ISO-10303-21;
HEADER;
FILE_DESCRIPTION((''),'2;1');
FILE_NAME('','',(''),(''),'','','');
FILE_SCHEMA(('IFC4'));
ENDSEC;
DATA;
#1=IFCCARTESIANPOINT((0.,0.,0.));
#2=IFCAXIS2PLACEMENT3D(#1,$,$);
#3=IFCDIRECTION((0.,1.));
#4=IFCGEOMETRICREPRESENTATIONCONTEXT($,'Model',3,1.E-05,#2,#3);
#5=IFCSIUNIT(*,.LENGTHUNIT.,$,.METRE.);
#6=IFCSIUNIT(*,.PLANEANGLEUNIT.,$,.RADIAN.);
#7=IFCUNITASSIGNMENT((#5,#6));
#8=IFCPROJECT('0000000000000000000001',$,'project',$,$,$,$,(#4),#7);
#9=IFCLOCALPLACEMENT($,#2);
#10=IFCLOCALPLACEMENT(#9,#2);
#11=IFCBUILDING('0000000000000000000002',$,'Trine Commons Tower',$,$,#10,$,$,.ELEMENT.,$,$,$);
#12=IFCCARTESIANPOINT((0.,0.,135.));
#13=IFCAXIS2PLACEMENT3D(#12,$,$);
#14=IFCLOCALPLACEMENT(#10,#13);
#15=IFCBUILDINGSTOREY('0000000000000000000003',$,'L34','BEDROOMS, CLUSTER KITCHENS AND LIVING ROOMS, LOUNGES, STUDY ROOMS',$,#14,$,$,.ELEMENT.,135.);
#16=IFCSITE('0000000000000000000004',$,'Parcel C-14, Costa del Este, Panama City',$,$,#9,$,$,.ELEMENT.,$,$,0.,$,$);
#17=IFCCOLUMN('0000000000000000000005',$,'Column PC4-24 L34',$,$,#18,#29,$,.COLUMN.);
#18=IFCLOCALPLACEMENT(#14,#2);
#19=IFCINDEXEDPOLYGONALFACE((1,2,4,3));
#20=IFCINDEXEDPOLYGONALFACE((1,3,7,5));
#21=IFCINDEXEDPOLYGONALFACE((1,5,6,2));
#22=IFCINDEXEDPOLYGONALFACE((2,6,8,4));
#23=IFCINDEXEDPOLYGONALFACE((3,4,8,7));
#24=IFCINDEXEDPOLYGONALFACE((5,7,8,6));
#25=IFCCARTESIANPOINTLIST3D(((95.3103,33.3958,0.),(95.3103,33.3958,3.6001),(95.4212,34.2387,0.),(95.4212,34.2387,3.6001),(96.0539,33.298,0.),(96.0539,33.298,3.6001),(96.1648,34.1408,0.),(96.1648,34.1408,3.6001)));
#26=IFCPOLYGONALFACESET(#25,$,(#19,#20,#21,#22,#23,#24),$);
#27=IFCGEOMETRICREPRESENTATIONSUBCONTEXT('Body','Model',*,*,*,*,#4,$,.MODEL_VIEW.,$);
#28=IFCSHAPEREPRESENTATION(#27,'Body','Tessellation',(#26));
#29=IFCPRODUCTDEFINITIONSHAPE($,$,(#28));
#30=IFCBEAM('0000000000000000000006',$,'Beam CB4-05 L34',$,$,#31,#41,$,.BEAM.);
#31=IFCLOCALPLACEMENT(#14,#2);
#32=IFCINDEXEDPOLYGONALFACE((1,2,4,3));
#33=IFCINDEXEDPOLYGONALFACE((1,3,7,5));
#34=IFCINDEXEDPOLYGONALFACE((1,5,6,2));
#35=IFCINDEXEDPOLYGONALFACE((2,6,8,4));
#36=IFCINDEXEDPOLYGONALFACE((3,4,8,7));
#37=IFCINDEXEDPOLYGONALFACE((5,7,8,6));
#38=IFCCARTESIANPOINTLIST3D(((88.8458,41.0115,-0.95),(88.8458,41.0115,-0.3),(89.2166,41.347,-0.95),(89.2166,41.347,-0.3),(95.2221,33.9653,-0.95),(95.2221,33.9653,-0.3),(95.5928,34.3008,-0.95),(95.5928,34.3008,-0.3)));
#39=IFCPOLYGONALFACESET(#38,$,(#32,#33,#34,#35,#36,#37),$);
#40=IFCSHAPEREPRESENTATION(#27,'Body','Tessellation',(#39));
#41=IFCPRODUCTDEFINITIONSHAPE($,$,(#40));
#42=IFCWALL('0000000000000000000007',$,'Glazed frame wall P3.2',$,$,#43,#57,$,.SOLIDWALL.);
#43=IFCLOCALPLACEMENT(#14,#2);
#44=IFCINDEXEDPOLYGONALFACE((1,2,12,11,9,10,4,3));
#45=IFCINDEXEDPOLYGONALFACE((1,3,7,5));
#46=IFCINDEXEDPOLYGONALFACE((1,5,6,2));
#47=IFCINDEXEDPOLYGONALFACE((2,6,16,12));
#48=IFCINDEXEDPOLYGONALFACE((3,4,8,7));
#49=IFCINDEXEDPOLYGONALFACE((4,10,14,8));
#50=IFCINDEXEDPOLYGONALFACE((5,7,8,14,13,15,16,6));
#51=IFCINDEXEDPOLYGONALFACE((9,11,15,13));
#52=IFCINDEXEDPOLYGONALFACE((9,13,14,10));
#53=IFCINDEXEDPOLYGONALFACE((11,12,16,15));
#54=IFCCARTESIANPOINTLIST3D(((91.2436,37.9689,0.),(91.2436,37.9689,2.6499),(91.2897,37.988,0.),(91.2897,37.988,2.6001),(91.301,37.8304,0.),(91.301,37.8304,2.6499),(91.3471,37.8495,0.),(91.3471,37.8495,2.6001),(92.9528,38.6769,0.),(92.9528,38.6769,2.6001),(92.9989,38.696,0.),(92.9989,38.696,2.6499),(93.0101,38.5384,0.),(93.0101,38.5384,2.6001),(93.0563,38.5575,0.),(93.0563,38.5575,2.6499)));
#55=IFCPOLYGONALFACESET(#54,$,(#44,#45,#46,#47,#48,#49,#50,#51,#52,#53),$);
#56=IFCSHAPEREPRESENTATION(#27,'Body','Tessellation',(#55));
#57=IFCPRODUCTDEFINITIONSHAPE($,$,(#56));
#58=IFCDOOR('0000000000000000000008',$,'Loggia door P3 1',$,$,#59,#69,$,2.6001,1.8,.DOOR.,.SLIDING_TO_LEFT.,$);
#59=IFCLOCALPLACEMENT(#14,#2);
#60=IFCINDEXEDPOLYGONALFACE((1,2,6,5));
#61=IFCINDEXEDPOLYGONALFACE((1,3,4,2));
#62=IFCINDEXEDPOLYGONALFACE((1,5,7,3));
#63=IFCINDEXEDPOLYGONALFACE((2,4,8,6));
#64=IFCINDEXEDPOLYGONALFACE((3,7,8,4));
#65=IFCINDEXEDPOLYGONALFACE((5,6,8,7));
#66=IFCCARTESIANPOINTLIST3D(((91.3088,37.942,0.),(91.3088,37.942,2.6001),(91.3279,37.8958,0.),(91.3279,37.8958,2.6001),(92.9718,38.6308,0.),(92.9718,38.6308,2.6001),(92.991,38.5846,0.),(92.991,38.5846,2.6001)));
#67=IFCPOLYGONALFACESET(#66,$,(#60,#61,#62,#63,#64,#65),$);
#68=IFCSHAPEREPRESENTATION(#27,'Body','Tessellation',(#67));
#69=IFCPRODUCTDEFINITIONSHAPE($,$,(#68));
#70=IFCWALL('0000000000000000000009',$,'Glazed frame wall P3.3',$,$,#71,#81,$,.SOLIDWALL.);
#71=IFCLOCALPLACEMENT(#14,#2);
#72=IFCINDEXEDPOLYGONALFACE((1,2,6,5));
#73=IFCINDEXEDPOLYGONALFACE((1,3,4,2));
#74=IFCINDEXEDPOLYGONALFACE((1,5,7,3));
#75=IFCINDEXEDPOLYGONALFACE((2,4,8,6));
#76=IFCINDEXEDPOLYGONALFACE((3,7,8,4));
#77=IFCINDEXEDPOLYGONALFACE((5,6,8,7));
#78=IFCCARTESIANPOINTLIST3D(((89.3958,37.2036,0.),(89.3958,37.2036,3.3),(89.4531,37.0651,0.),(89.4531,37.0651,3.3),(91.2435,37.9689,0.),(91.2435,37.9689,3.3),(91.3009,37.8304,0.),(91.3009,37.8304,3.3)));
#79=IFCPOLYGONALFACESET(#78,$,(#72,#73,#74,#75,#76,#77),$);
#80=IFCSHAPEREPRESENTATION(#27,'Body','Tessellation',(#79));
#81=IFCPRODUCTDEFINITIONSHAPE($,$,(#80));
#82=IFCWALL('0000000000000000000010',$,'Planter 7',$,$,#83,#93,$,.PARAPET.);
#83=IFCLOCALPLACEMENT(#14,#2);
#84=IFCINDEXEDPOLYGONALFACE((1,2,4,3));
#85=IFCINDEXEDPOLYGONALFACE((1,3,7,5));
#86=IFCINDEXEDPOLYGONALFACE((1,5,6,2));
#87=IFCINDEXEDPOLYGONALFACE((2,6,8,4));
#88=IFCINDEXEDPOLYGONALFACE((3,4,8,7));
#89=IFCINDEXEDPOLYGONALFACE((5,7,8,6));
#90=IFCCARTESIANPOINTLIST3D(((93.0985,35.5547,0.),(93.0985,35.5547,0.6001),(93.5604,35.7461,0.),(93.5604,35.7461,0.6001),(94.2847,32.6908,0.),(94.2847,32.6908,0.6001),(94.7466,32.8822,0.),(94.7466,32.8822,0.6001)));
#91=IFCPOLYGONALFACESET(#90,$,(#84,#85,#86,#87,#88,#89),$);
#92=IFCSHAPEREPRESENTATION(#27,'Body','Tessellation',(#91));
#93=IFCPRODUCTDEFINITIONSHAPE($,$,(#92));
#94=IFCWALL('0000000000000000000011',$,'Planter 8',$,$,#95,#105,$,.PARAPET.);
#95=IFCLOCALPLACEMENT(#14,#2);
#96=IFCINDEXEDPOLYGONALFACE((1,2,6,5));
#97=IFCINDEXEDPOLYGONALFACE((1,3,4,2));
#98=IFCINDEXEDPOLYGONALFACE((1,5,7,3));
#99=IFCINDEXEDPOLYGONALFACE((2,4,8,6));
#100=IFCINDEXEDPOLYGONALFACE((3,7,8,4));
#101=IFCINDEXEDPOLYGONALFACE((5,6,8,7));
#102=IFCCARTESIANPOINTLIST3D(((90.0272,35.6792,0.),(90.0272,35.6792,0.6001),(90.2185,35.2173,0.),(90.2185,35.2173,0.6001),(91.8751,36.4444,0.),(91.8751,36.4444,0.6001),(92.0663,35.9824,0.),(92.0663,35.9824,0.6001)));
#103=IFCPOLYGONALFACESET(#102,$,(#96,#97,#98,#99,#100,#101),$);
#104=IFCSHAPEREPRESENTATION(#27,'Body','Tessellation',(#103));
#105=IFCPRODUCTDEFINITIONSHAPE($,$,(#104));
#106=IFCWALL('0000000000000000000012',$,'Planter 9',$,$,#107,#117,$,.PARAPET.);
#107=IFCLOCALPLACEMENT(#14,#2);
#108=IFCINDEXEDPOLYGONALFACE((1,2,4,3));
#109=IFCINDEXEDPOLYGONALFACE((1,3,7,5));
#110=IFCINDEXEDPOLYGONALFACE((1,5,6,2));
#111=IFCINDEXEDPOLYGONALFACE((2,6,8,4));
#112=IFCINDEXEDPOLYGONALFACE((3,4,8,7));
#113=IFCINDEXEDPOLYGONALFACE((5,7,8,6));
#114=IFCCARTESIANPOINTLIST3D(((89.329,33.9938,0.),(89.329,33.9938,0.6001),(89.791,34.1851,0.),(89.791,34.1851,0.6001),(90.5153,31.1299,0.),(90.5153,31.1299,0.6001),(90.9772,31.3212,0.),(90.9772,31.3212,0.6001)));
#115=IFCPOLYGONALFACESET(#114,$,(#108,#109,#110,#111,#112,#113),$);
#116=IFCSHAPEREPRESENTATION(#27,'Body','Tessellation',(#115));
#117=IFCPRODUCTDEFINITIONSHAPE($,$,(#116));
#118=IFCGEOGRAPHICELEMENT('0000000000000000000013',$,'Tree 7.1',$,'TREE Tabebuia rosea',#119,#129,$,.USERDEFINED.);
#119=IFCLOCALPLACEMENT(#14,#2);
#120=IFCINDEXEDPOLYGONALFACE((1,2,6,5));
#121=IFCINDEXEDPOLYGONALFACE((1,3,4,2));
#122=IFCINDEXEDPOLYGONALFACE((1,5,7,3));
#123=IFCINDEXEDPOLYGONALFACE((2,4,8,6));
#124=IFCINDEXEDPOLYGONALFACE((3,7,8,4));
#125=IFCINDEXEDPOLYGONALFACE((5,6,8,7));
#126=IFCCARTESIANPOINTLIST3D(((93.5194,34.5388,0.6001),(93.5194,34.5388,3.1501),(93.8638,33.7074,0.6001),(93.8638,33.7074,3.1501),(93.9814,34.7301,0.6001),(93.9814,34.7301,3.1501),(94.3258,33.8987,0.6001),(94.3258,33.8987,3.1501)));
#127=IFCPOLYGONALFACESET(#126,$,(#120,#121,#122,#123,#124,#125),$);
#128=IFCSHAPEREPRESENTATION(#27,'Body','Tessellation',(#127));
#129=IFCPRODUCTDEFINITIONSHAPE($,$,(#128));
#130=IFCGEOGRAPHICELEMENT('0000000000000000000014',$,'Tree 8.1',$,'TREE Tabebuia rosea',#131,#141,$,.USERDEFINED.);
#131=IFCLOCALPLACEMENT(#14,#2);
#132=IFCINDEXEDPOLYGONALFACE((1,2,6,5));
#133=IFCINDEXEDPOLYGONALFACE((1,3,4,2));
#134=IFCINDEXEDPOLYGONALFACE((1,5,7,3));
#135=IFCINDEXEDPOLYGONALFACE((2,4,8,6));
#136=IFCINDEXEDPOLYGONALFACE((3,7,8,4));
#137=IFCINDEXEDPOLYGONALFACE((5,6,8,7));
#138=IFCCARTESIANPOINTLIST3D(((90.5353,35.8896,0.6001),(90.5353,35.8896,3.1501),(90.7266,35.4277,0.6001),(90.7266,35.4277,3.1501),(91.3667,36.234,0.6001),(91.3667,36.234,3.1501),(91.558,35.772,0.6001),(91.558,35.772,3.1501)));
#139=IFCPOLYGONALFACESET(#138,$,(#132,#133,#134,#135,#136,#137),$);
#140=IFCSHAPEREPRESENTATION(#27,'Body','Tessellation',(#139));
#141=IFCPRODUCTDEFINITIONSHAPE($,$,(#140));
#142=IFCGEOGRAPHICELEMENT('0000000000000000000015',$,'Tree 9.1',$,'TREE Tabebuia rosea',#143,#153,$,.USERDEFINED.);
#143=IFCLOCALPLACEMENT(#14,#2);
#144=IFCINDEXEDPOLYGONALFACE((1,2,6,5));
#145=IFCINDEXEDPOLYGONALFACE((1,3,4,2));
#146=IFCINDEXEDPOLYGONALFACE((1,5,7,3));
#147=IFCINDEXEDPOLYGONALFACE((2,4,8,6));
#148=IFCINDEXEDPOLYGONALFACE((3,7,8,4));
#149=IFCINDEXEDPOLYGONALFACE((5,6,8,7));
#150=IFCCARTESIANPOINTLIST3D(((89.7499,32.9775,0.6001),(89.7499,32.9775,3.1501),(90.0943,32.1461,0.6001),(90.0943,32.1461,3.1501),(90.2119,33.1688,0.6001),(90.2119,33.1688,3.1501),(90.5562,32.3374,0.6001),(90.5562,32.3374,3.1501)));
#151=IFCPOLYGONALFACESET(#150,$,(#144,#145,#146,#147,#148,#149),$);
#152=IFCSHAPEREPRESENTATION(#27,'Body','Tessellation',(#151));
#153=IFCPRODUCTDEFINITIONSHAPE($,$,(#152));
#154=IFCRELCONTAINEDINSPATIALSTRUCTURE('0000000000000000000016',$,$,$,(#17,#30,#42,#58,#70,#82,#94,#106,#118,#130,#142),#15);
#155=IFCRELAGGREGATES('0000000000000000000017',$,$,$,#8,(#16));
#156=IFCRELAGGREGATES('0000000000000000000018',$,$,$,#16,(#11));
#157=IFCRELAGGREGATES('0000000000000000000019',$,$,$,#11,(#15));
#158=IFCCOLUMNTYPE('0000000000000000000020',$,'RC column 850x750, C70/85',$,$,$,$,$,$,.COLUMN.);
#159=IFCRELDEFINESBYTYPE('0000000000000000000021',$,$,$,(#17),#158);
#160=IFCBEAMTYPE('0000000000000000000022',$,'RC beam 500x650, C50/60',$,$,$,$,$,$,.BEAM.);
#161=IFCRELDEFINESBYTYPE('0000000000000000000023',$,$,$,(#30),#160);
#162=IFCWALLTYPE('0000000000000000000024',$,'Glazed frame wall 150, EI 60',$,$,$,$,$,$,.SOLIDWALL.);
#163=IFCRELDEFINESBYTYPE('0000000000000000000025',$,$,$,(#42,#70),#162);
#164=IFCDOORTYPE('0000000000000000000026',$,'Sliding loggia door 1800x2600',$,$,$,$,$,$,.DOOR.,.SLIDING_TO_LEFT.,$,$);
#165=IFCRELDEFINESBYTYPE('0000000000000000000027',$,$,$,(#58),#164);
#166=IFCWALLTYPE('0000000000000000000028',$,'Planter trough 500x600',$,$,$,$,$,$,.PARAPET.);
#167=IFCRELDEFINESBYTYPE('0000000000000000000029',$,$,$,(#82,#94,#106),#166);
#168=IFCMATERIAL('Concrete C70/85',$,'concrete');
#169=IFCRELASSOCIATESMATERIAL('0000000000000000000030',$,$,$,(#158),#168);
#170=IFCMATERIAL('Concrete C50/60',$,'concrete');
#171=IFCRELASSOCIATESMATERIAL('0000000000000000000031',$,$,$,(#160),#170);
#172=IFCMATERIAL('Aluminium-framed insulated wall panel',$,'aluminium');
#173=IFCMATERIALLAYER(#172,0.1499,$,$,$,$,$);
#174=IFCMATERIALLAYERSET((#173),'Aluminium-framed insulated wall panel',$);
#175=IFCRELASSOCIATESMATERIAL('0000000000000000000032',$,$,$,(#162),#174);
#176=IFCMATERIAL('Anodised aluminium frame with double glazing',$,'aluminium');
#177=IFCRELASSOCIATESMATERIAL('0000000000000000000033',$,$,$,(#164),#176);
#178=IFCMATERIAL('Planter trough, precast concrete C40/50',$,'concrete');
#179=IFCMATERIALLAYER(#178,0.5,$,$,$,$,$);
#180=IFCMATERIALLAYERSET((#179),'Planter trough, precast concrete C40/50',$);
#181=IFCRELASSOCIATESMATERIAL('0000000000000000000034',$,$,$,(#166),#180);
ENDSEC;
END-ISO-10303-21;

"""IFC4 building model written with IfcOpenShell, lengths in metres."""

from ifc_helpers import new_model, si_unit, direction, frame, frame_2d, origin, origin_2d, place, context, subcontext, project, spatial, polyline, rectangle, outline, extrude, material, layer, layer_set, material_profile, profile_set, type_object, element, fill, save


model = new_model("IFC4")

# Units and contexts
model_context = context("Model", 3, precision=1e-05, world=origin(), true_north=direction((0.0, 1.0)))
body_context = subcontext(model_context, "Body", "Model", "MODEL_VIEW")
ifc_project = project(units=[si_unit("LENGTHUNIT", "METRE"), si_unit("PLANEANGLEUNIT", "RADIAN")], contexts=[model_context])

# Site, building, storey
site_placement = place(None, origin())
site = spatial("IfcSite", under=ifc_project, at=site_placement, Name="Parcel C-14, Costa del Este, Panama City", CompositionType="ELEMENT", RefElevation=0.0)
building_placement = place(site_placement, origin())
building = spatial("IfcBuilding", under=site, at=building_placement, Name="Trine Commons Tower", CompositionType="ELEMENT")
storey_placement = place(building_placement, frame((0.0, 0.0, 135.0)))
storey = spatial("IfcBuildingStorey", under=building, at=storey_placement, Name="L34", Description="BEDROOMS, CLUSTER KITCHENS AND LIVING ROOMS, LOUNGES, STUDY ROOMS", CompositionType="ELEMENT", Elevation=135.0)

# Column
ifc_material_1 = material(Name="Concrete C70/85", Category="concrete")
ifc_material_profile_1 = material_profile(ifc_material_1, rectangle(XDim=0.8501, YDim=0.75, at=origin_2d()), Name="RC 850x750")
ifc_profile_set_1 = profile_set([ifc_material_profile_1], Name="Concrete C70/85")
column_type = type_object("IfcColumnType", Name="RC column 850x750, C70/85", PredefinedType="COLUMN", material=ifc_profile_set_1)
column_placement = place(storey_placement, frame((95.7375, 33.7683, 0.0), z_axis=(0.0, 0.0, 1.0), x_axis=(0.130526, 0.991445, 0.0)))
element("IfcColumn", 1, at=column_placement, inside=storey, type_object=column_type, Name="Column PC4-24 L34", PredefinedType="COLUMN", context=body_context, shape_type="SweptSolid", body=[
    extrude(rectangle(XDim=0.8501, YDim=0.75, at=origin_2d()), origin(), (0.0, 0.0, 1.0), 3.6001),
])

# Beam
ifc_material_2 = material(Name="Concrete C50/60", Category="concrete")
ifc_material_profile_2 = material_profile(ifc_material_2, rectangle(XDim=0.5, YDim=0.6499, at=origin_2d()), Name="RC 500x650")
ifc_profile_set_2 = profile_set([ifc_material_profile_2], Name="Concrete C50/60")
beam_type = type_object("IfcBeamType", Name="RC beam 500x650, C50/60", PredefinedType="BEAM", material=ifc_profile_set_2)
beam_placement = place(storey_placement, frame((95.4075, 34.1331, -0.625), z_axis=(-0.670979, 0.741476, 0.0), x_axis=(-0.741476, -0.670979, 0.0)))
element("IfcBeam", 2, at=beam_placement, inside=storey, type_object=beam_type, Name="Beam CB4-05 L34", PredefinedType="BEAM", context=body_context, shape_type="SweptSolid", body=[
    extrude(rectangle(XDim=0.5, YDim=0.6499, at=origin_2d()), origin(), (0.0, 0.0, 1.0), 9.5029),
])

# Shared definitions
ifc_material_3 = material(Name="Aluminium-framed insulated wall panel", Category="aluminium")
ifc_layer_1 = layer(ifc_material_3, 0.1499)
ifc_layer_set_1 = layer_set([ifc_layer_1], Name="Aluminium-framed insulated wall panel")
wall_type_1 = type_object("IfcWallType", Name="Glazed frame wall 150, EI 60", PredefinedType="SOLIDWALL", material=ifc_layer_set_1)

# Wall, opening, door
wall_1_placement = place(storey_placement, frame((93.0276, 38.6267, 0.0), z_axis=(0.0, 0.0, 1.0), x_axis=(-0.923888, -0.382662, 0.0)))
wall_1 = element("IfcWall", 3, at=wall_1_placement, inside=storey, type_object=wall_type_1, Name="Glazed frame wall P3.2", PredefinedType="SOLIDWALL", context=body_context, shape_type="SweptSolid", body=[
    extrude(outline(polyline([(0.0, -0.075), (1.8999, -0.075), (1.8999, 0.075), (0.0, 0.075), (0.0, -0.075)])), origin(), (0.0, 0.0, 1.0), 2.6499),
])
opening_placement = place(wall_1_placement, frame((0.05, 0.0, 0.0)))
opening = element("IfcOpeningElement", 4, at=opening_placement, cuts=wall_1, PredefinedType="OPENING", context=body_context, shape_type="SweptSolid", body=[
    extrude(rectangle(XDim=1.8, YDim=2.6001, at=frame_2d((0.8999, 1.3))), frame((0.0, 0.085, 0.0), z_axis=(0.0, -1.0, 0.0), x_axis=(1.0, 0.0, 0.0)), (0.0, 0.0, 1.0), 0.1699),
])
ifc_material_4 = material(Name="Anodised aluminium frame with double glazing", Category="aluminium")
door_type = type_object("IfcDoorType", Name="Sliding loggia door 1800x2600", OperationType="SLIDING_TO_LEFT", PredefinedType="DOOR", material=ifc_material_4)
door_placement = place(opening_placement, origin())
door = element("IfcDoor", 5, at=door_placement, inside=storey, type_object=door_type, Name="Loggia door P3 1", OperationType="SLIDING_TO_LEFT", OverallHeight=2.6001, OverallWidth=1.8, PredefinedType="DOOR", context=body_context, shape_type="SweptSolid", body=[
    extrude(rectangle(XDim=1.8, YDim=2.6001, at=frame_2d((0.8999, 1.3))), frame((0.0, 0.0249, 0.0), z_axis=(0.0, -1.0, 0.0), x_axis=(1.0, 0.0, 0.0)), (0.0, 0.0, 1.0), 0.05),
])
fill(opening, door)

# Walls
wall_2_placement = place(storey_placement, frame((91.2722, 37.8997, 0.0), z_axis=(0.0, 0.0, 1.0), x_axis=(-0.923887, -0.382664, 0.0)))
element("IfcWall", 6, at=wall_2_placement, inside=storey, type_object=wall_type_1, Name="Glazed frame wall P3.3", PredefinedType="SOLIDWALL", context=body_context, shape_type="SweptSolid", body=[
    extrude(outline(polyline([(0.0, -0.075), (2.0, -0.075), (2.0, 0.075), (0.0, 0.075), (0.0, -0.075)])), origin(), (0.0, 0.0, 1.0), 3.3),
])
ifc_material_5 = material(Name="Planter trough, precast concrete C40/50", Category="concrete")
ifc_layer_2 = layer(ifc_material_5, 0.5)
ifc_layer_set_2 = layer_set([ifc_layer_2], Name="Planter trough, precast concrete C40/50")
wall_type_2 = type_object("IfcWallType", Name="Planter trough 500x600", PredefinedType="PARAPET", material=ifc_layer_set_2)
wall_3_placement = place(storey_placement, frame((94.5156, 32.7866, 0.0), z_axis=(0.0, 0.0, 1.0), x_axis=(-0.382674, 0.923883, 0.0)))
element("IfcWall", 7, at=wall_3_placement, inside=storey, type_object=wall_type_2, Name="Planter 7", PredefinedType="PARAPET", context=body_context, shape_type="SweptSolid", body=[
    extrude(rectangle(XDim=3.0999, YDim=0.5, at=frame_2d((1.5498, 0.0))), origin(), (0.0, 0.0, 1.0), 0.6001),
])
wall_4_placement = place(storey_placement, frame((91.9707, 36.2134, 0.0), z_axis=(0.0, 0.0, 1.0), x_axis=(-0.923931, -0.38256, 0.0)))
element("IfcWall", 8, at=wall_4_placement, inside=storey, type_object=wall_type_2, Name="Planter 8", PredefinedType="PARAPET", context=body_context, shape_type="SweptSolid", body=[
    extrude(rectangle(XDim=2.0, YDim=0.5, at=frame_2d((1.0, 0.0))), origin(), (0.0, 0.0, 1.0), 0.6001),
])
wall_5_placement = place(storey_placement, frame((89.5601, 34.0894, 0.0), z_axis=(0.0, 0.0, 1.0), x_axis=(0.382674, -0.923883, 0.0)))
element("IfcWall", 9, at=wall_5_placement, inside=storey, type_object=wall_type_2, Name="Planter 9", PredefinedType="PARAPET", context=body_context, shape_type="SweptSolid", body=[
    extrude(rectangle(XDim=3.0999, YDim=0.5, at=frame_2d((1.5498, 0.0))), origin(), (0.0, 0.0, 1.0), 0.6001),
])

# Geographic elements
for number, where, z_axis, x_axis, name in (
    (10, (93.9226, 34.2188, 0.6001), (0.0, 0.0, 1.0), (-0.382695, 0.923875, 0.0), "Tree 7.1"),
    (11, (91.0466, 35.8308, 0.6001), (0.0, 0.0, 1.0), (-0.923878, -0.382688, 0.0), "Tree 8.1"),
    (12, (90.1531, 32.6575, 0.6001), (0.0, 0.0, 1.0), (0.382695, -0.923875, 0.0), "Tree 9.1"),
):
    element("IfcGeographicElement", number, at=place(storey_placement, frame(where, z_axis=z_axis, x_axis=x_axis)), inside=storey, Name=name, ObjectType="TREE Tabebuia rosea", PredefinedType="USERDEFINED", context=body_context, shape_type="SweptSolid", body=[
        extrude(rectangle(XDim=0.8999, YDim=0.5, at=origin_2d()), origin(), (0.0, 0.0, 1.0), 2.55),
    ])

save(model, "model.ifc")
